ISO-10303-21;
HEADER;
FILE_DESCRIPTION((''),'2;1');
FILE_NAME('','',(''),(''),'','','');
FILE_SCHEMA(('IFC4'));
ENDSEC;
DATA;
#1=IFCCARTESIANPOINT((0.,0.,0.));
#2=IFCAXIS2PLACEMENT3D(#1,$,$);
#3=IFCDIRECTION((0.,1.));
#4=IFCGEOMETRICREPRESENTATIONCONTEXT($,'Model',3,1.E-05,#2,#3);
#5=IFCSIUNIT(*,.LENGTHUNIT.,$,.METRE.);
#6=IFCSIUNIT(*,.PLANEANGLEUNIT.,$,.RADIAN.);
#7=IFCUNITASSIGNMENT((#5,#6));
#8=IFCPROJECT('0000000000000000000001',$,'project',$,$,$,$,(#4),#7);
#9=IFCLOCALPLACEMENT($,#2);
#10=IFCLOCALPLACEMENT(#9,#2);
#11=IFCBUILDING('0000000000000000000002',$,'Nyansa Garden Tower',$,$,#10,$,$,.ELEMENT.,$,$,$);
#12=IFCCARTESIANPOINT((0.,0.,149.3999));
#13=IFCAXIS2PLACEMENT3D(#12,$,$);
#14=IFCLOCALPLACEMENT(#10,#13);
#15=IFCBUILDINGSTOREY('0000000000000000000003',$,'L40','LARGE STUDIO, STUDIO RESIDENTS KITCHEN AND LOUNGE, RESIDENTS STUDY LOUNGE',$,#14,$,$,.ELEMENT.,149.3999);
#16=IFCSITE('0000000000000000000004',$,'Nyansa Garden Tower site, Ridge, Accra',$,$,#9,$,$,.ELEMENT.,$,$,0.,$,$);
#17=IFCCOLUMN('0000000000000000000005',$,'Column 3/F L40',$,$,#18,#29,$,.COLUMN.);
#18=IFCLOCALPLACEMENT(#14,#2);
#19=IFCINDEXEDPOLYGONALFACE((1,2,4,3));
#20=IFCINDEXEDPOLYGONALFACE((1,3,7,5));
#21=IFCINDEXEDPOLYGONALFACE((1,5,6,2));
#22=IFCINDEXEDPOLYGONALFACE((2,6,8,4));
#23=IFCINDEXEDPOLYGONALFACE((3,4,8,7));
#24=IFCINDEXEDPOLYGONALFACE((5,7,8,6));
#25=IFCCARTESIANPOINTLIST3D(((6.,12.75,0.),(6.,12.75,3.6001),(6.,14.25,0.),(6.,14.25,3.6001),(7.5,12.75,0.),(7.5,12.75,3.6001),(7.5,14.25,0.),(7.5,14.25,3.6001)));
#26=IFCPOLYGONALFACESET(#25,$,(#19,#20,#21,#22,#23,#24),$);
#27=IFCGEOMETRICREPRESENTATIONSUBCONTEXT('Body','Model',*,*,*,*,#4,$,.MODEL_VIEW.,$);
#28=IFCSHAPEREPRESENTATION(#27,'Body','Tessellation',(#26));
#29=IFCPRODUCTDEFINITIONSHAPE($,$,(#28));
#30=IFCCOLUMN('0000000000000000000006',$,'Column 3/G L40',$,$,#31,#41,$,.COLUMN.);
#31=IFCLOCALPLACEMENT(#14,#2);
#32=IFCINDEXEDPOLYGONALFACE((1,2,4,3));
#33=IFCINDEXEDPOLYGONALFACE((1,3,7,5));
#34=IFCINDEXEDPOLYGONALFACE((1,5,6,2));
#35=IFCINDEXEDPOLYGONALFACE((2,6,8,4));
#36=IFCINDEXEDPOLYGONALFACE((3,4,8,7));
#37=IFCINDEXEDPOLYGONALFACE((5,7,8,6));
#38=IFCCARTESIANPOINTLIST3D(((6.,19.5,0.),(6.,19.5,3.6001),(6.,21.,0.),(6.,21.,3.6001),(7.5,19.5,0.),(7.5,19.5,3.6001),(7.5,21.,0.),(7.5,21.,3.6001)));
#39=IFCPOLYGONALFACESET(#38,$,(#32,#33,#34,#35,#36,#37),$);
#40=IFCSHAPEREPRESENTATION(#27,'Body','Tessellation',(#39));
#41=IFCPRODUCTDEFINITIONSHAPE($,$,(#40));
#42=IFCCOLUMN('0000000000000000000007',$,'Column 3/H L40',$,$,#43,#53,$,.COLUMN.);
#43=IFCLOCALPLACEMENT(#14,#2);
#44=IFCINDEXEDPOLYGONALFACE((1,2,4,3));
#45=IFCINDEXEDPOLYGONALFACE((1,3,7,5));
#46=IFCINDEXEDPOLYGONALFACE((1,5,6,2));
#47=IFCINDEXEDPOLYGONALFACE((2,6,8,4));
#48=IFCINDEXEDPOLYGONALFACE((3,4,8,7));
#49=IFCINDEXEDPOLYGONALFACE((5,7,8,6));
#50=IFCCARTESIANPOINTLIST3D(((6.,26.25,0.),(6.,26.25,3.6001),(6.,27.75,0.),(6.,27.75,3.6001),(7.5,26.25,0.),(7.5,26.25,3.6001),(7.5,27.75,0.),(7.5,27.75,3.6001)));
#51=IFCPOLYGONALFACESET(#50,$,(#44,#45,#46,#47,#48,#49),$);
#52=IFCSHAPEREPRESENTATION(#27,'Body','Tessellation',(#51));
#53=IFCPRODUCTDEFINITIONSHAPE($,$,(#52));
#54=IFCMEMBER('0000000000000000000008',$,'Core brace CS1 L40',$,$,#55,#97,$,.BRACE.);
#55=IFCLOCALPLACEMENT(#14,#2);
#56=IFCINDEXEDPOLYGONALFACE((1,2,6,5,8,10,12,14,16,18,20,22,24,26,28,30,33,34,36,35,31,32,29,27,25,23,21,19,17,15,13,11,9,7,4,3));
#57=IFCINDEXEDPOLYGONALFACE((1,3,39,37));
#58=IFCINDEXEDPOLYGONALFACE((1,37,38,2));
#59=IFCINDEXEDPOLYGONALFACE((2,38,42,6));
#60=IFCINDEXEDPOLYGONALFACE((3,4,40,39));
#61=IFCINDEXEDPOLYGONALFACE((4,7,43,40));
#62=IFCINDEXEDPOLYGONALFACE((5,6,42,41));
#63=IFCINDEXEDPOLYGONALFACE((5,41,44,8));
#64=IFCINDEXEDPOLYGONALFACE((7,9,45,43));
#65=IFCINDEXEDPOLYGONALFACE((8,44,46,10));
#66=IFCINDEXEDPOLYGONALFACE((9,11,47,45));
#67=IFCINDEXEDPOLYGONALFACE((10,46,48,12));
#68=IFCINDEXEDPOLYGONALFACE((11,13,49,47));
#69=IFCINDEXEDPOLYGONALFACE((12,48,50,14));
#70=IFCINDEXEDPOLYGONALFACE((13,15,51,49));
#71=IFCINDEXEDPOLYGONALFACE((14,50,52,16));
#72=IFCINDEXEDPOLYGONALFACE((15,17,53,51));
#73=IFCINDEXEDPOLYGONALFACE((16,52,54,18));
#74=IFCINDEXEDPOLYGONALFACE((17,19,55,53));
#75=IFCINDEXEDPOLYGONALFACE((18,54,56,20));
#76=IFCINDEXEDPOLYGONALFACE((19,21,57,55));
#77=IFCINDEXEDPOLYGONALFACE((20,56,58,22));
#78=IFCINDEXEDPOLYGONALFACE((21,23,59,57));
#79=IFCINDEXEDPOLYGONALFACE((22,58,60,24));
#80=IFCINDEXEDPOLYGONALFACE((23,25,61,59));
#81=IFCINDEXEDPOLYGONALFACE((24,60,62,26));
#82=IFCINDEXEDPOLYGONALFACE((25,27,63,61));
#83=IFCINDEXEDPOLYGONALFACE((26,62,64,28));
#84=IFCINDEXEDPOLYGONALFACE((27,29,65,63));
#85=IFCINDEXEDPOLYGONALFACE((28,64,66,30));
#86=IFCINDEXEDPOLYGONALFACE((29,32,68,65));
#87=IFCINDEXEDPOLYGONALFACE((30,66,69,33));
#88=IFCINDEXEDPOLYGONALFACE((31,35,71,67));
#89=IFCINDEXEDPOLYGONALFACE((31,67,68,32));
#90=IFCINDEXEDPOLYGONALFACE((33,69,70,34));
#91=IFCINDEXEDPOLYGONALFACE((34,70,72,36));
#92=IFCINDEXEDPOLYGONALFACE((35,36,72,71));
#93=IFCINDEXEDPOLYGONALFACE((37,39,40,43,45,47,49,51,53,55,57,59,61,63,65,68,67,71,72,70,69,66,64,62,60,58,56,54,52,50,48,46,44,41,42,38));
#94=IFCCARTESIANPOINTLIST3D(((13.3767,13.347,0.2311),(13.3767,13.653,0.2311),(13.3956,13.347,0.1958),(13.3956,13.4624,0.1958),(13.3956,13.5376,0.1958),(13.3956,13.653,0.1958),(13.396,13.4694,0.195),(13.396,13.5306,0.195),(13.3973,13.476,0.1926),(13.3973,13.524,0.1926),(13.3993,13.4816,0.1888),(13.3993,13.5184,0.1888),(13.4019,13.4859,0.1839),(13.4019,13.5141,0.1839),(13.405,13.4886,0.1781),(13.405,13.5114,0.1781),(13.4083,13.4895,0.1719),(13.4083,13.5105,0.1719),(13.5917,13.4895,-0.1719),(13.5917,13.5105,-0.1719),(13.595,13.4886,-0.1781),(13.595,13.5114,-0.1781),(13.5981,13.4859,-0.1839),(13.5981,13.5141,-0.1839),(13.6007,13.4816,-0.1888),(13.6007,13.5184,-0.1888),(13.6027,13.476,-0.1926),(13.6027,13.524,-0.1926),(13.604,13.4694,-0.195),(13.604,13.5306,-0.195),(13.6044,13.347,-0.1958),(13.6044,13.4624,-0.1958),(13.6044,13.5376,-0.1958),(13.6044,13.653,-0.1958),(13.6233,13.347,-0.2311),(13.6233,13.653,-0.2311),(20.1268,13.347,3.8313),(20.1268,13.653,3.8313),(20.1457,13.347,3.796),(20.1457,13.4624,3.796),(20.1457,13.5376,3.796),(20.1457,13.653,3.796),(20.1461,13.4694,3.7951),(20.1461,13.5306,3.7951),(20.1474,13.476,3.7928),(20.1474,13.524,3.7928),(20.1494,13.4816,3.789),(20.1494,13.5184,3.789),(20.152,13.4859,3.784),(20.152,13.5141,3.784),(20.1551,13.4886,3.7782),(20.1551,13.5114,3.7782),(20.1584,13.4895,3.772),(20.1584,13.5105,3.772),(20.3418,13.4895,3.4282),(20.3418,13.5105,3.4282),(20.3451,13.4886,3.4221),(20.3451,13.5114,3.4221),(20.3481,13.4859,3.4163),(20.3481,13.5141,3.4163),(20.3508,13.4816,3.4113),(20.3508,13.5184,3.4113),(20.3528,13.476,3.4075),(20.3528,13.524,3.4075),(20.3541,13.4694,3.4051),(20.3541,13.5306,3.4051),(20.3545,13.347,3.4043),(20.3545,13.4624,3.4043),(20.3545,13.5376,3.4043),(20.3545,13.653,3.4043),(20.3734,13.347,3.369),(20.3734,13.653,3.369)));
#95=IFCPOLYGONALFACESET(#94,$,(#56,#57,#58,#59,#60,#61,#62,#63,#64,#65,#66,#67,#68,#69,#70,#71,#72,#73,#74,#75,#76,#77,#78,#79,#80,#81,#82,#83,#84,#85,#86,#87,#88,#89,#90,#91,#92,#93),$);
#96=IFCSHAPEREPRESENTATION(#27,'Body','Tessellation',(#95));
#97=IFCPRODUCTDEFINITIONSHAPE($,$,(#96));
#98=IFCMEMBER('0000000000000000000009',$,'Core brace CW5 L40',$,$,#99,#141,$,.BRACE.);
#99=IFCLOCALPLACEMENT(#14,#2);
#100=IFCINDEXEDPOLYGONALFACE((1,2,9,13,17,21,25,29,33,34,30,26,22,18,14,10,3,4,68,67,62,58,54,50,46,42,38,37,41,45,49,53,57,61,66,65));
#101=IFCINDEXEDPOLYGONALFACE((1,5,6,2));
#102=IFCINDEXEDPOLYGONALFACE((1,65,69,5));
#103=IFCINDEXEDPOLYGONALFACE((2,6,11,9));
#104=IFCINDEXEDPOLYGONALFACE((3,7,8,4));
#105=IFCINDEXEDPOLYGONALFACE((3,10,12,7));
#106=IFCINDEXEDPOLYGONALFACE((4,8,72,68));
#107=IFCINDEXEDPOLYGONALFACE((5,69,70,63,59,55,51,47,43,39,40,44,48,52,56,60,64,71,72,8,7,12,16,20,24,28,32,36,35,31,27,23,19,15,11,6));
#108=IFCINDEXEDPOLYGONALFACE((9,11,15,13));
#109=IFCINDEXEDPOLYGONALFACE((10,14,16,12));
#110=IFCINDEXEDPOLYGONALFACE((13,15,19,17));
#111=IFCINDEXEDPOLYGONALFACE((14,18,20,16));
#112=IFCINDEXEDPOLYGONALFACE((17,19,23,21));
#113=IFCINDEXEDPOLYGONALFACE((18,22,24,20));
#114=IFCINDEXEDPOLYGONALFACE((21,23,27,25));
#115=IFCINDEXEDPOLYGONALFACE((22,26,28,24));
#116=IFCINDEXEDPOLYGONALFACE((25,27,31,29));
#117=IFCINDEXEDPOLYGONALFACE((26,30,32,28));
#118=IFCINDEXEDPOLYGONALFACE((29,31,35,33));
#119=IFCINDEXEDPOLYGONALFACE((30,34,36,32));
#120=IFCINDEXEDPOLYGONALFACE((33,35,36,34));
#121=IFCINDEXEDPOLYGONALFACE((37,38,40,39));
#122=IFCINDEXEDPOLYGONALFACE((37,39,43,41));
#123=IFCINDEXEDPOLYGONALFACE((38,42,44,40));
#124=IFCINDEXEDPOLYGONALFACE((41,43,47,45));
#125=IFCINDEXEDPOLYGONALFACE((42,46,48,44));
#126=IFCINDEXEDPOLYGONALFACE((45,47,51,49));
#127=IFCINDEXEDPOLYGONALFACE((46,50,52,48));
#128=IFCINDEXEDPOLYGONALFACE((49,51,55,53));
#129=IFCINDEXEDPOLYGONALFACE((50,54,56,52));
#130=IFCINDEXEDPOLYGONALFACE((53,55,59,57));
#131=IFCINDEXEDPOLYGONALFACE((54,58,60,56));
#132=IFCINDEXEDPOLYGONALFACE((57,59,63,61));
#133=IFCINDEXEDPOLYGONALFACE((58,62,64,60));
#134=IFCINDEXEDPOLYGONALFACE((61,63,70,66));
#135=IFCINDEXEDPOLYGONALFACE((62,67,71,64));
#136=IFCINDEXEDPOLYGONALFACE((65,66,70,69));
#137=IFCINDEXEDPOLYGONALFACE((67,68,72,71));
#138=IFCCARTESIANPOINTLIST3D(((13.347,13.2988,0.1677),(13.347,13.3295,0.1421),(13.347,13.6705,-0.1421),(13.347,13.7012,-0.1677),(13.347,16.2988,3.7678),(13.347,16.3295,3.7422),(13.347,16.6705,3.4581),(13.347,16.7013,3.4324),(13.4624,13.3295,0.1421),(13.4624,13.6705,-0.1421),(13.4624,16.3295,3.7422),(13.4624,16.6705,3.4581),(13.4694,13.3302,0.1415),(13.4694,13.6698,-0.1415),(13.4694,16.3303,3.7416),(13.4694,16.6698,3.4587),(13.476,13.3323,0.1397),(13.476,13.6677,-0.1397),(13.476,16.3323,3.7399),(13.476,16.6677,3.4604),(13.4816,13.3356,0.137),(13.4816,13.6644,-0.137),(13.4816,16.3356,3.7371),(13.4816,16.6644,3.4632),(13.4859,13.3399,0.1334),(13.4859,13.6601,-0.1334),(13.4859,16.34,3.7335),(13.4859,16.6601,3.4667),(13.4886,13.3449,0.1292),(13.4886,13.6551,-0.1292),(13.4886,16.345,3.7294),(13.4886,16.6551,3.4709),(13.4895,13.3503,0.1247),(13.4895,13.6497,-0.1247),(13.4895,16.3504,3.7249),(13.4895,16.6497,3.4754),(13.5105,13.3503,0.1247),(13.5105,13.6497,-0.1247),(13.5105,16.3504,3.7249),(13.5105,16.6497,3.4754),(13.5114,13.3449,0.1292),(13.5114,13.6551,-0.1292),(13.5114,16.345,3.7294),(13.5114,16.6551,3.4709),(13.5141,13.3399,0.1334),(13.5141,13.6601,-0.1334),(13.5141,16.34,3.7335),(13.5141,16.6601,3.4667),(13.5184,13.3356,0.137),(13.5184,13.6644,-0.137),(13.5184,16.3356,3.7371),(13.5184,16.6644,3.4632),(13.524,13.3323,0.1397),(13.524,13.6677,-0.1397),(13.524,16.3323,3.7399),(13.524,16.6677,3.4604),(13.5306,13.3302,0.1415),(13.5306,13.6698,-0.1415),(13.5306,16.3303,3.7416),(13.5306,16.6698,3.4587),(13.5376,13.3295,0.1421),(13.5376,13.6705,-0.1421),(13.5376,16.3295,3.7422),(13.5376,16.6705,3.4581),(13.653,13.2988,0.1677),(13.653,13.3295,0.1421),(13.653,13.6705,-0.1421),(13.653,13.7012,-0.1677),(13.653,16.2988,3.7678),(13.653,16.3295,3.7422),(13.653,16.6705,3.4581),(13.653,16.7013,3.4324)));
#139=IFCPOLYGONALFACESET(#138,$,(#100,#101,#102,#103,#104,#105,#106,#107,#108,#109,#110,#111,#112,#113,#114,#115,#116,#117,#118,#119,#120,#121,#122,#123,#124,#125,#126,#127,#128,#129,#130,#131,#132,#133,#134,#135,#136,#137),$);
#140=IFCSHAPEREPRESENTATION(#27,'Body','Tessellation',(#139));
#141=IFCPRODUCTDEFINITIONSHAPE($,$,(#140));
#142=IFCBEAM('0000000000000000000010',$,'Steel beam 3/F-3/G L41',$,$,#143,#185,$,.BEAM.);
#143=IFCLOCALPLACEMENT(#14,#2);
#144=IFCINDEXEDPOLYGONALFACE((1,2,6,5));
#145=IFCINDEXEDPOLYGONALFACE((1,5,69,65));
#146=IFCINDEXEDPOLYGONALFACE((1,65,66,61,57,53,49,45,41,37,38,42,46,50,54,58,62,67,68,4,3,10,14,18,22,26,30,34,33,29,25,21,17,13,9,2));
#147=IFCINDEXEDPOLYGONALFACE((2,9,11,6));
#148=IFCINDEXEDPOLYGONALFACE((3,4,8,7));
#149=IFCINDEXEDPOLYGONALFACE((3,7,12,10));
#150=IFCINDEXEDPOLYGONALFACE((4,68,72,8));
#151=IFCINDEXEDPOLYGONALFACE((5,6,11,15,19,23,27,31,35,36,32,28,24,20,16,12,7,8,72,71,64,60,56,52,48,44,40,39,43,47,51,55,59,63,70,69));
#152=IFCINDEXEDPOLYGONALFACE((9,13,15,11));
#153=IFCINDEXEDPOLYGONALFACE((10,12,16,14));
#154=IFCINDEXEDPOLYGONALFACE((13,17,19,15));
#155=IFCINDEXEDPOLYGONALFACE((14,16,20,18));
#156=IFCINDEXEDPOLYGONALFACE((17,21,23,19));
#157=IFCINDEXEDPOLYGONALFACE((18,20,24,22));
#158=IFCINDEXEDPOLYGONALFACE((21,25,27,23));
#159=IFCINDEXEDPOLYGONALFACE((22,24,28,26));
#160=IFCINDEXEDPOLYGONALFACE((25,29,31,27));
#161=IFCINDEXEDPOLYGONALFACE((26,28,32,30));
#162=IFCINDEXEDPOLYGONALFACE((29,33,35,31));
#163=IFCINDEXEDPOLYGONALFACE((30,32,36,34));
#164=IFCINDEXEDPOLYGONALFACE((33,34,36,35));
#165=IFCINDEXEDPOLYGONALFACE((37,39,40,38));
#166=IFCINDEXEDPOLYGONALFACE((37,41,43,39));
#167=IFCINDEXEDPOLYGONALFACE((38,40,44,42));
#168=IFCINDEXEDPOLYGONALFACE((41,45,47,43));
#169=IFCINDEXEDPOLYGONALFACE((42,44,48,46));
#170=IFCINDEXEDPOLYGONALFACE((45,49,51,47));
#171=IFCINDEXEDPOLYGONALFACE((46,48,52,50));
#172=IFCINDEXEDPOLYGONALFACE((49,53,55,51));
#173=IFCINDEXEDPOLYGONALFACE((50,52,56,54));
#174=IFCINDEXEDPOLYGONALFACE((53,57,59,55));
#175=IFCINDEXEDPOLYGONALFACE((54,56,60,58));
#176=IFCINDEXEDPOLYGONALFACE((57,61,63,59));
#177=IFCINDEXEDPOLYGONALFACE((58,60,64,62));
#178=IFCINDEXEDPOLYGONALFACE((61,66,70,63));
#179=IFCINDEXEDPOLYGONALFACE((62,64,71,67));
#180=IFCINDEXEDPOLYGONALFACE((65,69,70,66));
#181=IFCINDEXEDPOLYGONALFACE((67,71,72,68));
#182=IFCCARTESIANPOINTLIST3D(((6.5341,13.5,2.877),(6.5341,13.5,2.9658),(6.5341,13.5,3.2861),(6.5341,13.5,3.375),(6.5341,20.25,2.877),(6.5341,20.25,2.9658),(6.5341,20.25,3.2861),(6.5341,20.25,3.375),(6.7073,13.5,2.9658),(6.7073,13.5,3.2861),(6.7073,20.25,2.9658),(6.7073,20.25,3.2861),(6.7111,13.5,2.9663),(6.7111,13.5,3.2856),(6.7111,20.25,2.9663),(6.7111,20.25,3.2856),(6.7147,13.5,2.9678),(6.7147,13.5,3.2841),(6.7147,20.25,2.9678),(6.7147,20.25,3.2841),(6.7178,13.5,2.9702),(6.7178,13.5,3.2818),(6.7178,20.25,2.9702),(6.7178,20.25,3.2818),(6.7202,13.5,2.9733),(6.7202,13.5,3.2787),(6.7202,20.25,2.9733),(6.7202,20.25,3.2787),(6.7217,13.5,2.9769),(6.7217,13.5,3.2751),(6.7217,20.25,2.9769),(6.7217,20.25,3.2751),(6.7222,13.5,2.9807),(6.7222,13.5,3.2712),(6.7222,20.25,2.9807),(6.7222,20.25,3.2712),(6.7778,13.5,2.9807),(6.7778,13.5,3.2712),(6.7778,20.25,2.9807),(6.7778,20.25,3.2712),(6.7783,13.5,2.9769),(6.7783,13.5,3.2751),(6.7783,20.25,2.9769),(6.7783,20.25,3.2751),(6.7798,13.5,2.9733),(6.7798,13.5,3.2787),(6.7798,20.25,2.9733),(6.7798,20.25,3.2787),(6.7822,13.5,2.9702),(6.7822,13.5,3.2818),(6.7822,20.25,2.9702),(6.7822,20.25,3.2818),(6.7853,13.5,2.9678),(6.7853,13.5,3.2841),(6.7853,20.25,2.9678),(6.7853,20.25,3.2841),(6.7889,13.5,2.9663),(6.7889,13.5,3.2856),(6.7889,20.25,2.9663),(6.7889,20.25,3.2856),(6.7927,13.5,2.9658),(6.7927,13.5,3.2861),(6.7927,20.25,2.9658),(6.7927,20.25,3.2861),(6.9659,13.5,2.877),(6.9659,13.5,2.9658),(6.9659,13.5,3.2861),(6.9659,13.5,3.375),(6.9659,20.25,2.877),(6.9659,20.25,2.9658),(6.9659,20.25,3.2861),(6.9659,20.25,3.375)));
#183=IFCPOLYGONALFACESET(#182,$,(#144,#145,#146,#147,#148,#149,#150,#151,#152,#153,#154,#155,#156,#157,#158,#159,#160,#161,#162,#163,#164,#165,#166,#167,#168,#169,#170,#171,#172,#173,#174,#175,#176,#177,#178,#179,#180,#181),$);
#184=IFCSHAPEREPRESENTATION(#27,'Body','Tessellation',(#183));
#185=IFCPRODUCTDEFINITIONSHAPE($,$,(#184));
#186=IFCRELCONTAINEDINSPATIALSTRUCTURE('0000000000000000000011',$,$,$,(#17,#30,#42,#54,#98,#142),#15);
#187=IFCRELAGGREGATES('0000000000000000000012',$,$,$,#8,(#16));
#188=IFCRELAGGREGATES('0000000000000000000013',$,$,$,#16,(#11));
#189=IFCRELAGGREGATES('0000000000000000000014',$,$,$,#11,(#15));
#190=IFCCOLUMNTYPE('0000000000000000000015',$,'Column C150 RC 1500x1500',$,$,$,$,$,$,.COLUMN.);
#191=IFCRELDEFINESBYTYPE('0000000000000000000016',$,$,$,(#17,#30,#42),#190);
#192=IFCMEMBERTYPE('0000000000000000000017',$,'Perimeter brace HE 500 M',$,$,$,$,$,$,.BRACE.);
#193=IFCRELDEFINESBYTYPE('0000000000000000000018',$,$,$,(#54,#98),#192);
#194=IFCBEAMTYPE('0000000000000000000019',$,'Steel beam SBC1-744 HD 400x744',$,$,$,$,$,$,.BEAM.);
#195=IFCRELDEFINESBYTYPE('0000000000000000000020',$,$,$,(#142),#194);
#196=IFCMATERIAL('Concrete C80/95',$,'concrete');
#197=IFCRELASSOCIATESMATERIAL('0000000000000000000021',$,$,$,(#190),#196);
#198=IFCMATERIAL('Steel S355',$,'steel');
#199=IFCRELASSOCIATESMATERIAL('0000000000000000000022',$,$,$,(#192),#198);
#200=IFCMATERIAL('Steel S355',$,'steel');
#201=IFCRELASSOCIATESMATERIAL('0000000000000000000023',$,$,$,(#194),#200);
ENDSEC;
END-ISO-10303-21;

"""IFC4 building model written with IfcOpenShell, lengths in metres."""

from ifc_helpers import new_model, si_unit, direction, frame, origin, origin_2d, place, context, subcontext, project, spatial, rectangle, i_section, extrude, material, material_profile, profile_set, type_object, element, save


model = new_model("IFC4")

# Units and contexts
model_context = context("Model", 3, precision=1e-05, world=origin(), true_north=direction((0.0, 1.0)))
body_context = subcontext(model_context, "Body", "Model", "MODEL_VIEW")
ifc_project = project(units=[si_unit("LENGTHUNIT", "METRE"), si_unit("PLANEANGLEUNIT", "RADIAN")], contexts=[model_context])

# Site, building, storey
site_placement = place(None, origin())
site = spatial("IfcSite", under=ifc_project, at=site_placement, Name="Nyansa Garden Tower site, Ridge, Accra", CompositionType="ELEMENT", RefElevation=0.0)
building_placement = place(site_placement, origin())
building = spatial("IfcBuilding", under=site, at=building_placement, Name="Nyansa Garden Tower", CompositionType="ELEMENT")
storey_placement = place(building_placement, frame((0.0, 0.0, 149.3999)))
storey = spatial("IfcBuildingStorey", under=building, at=storey_placement, Name="L40", Description="LARGE STUDIO, STUDIO RESIDENTS KITCHEN AND LOUNGE, RESIDENTS STUDY LOUNGE", CompositionType="ELEMENT", Elevation=149.3999)

# Columns
ifc_material_1 = material(Name="Concrete C80/95", Category="concrete")
ifc_material_profile_1 = material_profile(ifc_material_1, rectangle(XDim=1.5, YDim=1.5, at=origin_2d()), Name="RC 1500x1500")
ifc_profile_set_1 = profile_set([ifc_material_profile_1], Name="Concrete C80/95")
column_type = type_object("IfcColumnType", Name="Column C150 RC 1500x1500", PredefinedType="COLUMN", material=ifc_profile_set_1)
for number, where, z_axis, x_axis, name in (
    (1, (6.75, 13.5, 0.0), (0.0, 0.0, 1.0), (1.0, 0.0, 0.0), "Column 3/F L40"),
    (2, (6.75, 20.25, 0.0), (0.0, 0.0, 1.0), (1.0, 0.0, 0.0), "Column 3/G L40"),
    (3, (6.75, 27.0, 0.0), (0.0, 0.0, 1.0), (1.0, 0.0, 0.0), "Column 3/H L40"),
):
    element("IfcColumn", number, at=place(storey_placement, frame(where, z_axis=z_axis, x_axis=x_axis)), inside=storey, type_object=column_type, Name=name, PredefinedType="COLUMN", context=body_context, shape_type="SweptSolid", body=[
        extrude(rectangle(XDim=1.5, YDim=1.5, at=origin_2d()), origin(), (0.0, 0.0, 1.0), 3.6001),
    ])

# Members
ifc_material_2 = material(Name="Steel S355", Category="steel")
ifc_material_profile_2 = material_profile(ifc_material_2, i_section(OverallWidth=0.3059, OverallDepth=0.5239, WebThickness=0.021, FlangeThickness=0.04, FilletRadius=0.0271, at=origin_2d()), Name="HE 500 M")
ifc_profile_set_2 = profile_set([ifc_material_profile_2], Name="Steel S355")
member_type = type_object("IfcMemberType", Name="Perimeter brace HE 500 M", PredefinedType="BRACE", material=ifc_profile_set_2)
member_1_placement = place(storey_placement, frame((13.5, 13.5, 0.0), z_axis=(0.882348, 0.0, 0.470598), x_axis=(0.0, 1.0, 0.0)))
element("IfcMember", 4, at=member_1_placement, inside=storey, type_object=member_type, Name="Core brace CS1 L40", PredefinedType="BRACE", context=body_context, shape_type="SweptSolid", body=[
    extrude(i_section(OverallWidth=0.3059, OverallDepth=0.5239, WebThickness=0.021, FlangeThickness=0.04, FilletRadius=0.0271, at=origin_2d()), origin(), (0.0, 0.0, 1.0), 7.6501),
])
member_2_placement = place(storey_placement, frame((13.5, 13.5, 0.0), z_axis=(0.0, 0.640174, 0.76823), x_axis=(-1.0, 0.0, 0.0)))
element("IfcMember", 5, at=member_2_placement, inside=storey, type_object=member_type, Name="Core brace CW5 L40", PredefinedType="BRACE", context=body_context, shape_type="SweptSolid", body=[
    extrude(i_section(OverallWidth=0.3059, OverallDepth=0.5239, WebThickness=0.021, FlangeThickness=0.04, FilletRadius=0.0271, at=origin_2d()), origin(), (0.0, 0.0, 1.0), 4.6863),
])

# Beam
ifc_material_3 = material(Name="Steel S355", Category="steel")
ifc_material_profile_3 = material_profile(ifc_material_3, i_section(OverallWidth=0.4319, OverallDepth=0.498, WebThickness=0.0557, FlangeThickness=0.0889, FilletRadius=0.0149, at=origin_2d()), Name="HD 400x744")
ifc_profile_set_3 = profile_set([ifc_material_profile_3], Name="Steel S355")
beam_type_1 = type_object("IfcBeamType", Name="Steel beam SBC1-744 HD 400x744", PredefinedType="BEAM", material=ifc_profile_set_3)
for number, where, z_axis, x_axis, name in (
    (6, (6.75, 13.5, 3.126), (0.0, 1.0, 0.0), (-1.0, 0.0, 0.0), "Steel beam 3/F-3/G L41"),
):
    element("IfcBeam", number, at=place(storey_placement, frame(where, z_axis=z_axis, x_axis=x_axis)), inside=storey, type_object=beam_type_1, Name=name, PredefinedType="BEAM", context=body_context, shape_type="SweptSolid", body=[
        extrude(i_section(OverallWidth=0.4319, OverallDepth=0.498, WebThickness=0.0557, FlangeThickness=0.0889, FilletRadius=0.0149, at=origin_2d()), origin(), (0.0, 0.0, 1.0), 6.75),
    ])

save(model, "model.ifc")
